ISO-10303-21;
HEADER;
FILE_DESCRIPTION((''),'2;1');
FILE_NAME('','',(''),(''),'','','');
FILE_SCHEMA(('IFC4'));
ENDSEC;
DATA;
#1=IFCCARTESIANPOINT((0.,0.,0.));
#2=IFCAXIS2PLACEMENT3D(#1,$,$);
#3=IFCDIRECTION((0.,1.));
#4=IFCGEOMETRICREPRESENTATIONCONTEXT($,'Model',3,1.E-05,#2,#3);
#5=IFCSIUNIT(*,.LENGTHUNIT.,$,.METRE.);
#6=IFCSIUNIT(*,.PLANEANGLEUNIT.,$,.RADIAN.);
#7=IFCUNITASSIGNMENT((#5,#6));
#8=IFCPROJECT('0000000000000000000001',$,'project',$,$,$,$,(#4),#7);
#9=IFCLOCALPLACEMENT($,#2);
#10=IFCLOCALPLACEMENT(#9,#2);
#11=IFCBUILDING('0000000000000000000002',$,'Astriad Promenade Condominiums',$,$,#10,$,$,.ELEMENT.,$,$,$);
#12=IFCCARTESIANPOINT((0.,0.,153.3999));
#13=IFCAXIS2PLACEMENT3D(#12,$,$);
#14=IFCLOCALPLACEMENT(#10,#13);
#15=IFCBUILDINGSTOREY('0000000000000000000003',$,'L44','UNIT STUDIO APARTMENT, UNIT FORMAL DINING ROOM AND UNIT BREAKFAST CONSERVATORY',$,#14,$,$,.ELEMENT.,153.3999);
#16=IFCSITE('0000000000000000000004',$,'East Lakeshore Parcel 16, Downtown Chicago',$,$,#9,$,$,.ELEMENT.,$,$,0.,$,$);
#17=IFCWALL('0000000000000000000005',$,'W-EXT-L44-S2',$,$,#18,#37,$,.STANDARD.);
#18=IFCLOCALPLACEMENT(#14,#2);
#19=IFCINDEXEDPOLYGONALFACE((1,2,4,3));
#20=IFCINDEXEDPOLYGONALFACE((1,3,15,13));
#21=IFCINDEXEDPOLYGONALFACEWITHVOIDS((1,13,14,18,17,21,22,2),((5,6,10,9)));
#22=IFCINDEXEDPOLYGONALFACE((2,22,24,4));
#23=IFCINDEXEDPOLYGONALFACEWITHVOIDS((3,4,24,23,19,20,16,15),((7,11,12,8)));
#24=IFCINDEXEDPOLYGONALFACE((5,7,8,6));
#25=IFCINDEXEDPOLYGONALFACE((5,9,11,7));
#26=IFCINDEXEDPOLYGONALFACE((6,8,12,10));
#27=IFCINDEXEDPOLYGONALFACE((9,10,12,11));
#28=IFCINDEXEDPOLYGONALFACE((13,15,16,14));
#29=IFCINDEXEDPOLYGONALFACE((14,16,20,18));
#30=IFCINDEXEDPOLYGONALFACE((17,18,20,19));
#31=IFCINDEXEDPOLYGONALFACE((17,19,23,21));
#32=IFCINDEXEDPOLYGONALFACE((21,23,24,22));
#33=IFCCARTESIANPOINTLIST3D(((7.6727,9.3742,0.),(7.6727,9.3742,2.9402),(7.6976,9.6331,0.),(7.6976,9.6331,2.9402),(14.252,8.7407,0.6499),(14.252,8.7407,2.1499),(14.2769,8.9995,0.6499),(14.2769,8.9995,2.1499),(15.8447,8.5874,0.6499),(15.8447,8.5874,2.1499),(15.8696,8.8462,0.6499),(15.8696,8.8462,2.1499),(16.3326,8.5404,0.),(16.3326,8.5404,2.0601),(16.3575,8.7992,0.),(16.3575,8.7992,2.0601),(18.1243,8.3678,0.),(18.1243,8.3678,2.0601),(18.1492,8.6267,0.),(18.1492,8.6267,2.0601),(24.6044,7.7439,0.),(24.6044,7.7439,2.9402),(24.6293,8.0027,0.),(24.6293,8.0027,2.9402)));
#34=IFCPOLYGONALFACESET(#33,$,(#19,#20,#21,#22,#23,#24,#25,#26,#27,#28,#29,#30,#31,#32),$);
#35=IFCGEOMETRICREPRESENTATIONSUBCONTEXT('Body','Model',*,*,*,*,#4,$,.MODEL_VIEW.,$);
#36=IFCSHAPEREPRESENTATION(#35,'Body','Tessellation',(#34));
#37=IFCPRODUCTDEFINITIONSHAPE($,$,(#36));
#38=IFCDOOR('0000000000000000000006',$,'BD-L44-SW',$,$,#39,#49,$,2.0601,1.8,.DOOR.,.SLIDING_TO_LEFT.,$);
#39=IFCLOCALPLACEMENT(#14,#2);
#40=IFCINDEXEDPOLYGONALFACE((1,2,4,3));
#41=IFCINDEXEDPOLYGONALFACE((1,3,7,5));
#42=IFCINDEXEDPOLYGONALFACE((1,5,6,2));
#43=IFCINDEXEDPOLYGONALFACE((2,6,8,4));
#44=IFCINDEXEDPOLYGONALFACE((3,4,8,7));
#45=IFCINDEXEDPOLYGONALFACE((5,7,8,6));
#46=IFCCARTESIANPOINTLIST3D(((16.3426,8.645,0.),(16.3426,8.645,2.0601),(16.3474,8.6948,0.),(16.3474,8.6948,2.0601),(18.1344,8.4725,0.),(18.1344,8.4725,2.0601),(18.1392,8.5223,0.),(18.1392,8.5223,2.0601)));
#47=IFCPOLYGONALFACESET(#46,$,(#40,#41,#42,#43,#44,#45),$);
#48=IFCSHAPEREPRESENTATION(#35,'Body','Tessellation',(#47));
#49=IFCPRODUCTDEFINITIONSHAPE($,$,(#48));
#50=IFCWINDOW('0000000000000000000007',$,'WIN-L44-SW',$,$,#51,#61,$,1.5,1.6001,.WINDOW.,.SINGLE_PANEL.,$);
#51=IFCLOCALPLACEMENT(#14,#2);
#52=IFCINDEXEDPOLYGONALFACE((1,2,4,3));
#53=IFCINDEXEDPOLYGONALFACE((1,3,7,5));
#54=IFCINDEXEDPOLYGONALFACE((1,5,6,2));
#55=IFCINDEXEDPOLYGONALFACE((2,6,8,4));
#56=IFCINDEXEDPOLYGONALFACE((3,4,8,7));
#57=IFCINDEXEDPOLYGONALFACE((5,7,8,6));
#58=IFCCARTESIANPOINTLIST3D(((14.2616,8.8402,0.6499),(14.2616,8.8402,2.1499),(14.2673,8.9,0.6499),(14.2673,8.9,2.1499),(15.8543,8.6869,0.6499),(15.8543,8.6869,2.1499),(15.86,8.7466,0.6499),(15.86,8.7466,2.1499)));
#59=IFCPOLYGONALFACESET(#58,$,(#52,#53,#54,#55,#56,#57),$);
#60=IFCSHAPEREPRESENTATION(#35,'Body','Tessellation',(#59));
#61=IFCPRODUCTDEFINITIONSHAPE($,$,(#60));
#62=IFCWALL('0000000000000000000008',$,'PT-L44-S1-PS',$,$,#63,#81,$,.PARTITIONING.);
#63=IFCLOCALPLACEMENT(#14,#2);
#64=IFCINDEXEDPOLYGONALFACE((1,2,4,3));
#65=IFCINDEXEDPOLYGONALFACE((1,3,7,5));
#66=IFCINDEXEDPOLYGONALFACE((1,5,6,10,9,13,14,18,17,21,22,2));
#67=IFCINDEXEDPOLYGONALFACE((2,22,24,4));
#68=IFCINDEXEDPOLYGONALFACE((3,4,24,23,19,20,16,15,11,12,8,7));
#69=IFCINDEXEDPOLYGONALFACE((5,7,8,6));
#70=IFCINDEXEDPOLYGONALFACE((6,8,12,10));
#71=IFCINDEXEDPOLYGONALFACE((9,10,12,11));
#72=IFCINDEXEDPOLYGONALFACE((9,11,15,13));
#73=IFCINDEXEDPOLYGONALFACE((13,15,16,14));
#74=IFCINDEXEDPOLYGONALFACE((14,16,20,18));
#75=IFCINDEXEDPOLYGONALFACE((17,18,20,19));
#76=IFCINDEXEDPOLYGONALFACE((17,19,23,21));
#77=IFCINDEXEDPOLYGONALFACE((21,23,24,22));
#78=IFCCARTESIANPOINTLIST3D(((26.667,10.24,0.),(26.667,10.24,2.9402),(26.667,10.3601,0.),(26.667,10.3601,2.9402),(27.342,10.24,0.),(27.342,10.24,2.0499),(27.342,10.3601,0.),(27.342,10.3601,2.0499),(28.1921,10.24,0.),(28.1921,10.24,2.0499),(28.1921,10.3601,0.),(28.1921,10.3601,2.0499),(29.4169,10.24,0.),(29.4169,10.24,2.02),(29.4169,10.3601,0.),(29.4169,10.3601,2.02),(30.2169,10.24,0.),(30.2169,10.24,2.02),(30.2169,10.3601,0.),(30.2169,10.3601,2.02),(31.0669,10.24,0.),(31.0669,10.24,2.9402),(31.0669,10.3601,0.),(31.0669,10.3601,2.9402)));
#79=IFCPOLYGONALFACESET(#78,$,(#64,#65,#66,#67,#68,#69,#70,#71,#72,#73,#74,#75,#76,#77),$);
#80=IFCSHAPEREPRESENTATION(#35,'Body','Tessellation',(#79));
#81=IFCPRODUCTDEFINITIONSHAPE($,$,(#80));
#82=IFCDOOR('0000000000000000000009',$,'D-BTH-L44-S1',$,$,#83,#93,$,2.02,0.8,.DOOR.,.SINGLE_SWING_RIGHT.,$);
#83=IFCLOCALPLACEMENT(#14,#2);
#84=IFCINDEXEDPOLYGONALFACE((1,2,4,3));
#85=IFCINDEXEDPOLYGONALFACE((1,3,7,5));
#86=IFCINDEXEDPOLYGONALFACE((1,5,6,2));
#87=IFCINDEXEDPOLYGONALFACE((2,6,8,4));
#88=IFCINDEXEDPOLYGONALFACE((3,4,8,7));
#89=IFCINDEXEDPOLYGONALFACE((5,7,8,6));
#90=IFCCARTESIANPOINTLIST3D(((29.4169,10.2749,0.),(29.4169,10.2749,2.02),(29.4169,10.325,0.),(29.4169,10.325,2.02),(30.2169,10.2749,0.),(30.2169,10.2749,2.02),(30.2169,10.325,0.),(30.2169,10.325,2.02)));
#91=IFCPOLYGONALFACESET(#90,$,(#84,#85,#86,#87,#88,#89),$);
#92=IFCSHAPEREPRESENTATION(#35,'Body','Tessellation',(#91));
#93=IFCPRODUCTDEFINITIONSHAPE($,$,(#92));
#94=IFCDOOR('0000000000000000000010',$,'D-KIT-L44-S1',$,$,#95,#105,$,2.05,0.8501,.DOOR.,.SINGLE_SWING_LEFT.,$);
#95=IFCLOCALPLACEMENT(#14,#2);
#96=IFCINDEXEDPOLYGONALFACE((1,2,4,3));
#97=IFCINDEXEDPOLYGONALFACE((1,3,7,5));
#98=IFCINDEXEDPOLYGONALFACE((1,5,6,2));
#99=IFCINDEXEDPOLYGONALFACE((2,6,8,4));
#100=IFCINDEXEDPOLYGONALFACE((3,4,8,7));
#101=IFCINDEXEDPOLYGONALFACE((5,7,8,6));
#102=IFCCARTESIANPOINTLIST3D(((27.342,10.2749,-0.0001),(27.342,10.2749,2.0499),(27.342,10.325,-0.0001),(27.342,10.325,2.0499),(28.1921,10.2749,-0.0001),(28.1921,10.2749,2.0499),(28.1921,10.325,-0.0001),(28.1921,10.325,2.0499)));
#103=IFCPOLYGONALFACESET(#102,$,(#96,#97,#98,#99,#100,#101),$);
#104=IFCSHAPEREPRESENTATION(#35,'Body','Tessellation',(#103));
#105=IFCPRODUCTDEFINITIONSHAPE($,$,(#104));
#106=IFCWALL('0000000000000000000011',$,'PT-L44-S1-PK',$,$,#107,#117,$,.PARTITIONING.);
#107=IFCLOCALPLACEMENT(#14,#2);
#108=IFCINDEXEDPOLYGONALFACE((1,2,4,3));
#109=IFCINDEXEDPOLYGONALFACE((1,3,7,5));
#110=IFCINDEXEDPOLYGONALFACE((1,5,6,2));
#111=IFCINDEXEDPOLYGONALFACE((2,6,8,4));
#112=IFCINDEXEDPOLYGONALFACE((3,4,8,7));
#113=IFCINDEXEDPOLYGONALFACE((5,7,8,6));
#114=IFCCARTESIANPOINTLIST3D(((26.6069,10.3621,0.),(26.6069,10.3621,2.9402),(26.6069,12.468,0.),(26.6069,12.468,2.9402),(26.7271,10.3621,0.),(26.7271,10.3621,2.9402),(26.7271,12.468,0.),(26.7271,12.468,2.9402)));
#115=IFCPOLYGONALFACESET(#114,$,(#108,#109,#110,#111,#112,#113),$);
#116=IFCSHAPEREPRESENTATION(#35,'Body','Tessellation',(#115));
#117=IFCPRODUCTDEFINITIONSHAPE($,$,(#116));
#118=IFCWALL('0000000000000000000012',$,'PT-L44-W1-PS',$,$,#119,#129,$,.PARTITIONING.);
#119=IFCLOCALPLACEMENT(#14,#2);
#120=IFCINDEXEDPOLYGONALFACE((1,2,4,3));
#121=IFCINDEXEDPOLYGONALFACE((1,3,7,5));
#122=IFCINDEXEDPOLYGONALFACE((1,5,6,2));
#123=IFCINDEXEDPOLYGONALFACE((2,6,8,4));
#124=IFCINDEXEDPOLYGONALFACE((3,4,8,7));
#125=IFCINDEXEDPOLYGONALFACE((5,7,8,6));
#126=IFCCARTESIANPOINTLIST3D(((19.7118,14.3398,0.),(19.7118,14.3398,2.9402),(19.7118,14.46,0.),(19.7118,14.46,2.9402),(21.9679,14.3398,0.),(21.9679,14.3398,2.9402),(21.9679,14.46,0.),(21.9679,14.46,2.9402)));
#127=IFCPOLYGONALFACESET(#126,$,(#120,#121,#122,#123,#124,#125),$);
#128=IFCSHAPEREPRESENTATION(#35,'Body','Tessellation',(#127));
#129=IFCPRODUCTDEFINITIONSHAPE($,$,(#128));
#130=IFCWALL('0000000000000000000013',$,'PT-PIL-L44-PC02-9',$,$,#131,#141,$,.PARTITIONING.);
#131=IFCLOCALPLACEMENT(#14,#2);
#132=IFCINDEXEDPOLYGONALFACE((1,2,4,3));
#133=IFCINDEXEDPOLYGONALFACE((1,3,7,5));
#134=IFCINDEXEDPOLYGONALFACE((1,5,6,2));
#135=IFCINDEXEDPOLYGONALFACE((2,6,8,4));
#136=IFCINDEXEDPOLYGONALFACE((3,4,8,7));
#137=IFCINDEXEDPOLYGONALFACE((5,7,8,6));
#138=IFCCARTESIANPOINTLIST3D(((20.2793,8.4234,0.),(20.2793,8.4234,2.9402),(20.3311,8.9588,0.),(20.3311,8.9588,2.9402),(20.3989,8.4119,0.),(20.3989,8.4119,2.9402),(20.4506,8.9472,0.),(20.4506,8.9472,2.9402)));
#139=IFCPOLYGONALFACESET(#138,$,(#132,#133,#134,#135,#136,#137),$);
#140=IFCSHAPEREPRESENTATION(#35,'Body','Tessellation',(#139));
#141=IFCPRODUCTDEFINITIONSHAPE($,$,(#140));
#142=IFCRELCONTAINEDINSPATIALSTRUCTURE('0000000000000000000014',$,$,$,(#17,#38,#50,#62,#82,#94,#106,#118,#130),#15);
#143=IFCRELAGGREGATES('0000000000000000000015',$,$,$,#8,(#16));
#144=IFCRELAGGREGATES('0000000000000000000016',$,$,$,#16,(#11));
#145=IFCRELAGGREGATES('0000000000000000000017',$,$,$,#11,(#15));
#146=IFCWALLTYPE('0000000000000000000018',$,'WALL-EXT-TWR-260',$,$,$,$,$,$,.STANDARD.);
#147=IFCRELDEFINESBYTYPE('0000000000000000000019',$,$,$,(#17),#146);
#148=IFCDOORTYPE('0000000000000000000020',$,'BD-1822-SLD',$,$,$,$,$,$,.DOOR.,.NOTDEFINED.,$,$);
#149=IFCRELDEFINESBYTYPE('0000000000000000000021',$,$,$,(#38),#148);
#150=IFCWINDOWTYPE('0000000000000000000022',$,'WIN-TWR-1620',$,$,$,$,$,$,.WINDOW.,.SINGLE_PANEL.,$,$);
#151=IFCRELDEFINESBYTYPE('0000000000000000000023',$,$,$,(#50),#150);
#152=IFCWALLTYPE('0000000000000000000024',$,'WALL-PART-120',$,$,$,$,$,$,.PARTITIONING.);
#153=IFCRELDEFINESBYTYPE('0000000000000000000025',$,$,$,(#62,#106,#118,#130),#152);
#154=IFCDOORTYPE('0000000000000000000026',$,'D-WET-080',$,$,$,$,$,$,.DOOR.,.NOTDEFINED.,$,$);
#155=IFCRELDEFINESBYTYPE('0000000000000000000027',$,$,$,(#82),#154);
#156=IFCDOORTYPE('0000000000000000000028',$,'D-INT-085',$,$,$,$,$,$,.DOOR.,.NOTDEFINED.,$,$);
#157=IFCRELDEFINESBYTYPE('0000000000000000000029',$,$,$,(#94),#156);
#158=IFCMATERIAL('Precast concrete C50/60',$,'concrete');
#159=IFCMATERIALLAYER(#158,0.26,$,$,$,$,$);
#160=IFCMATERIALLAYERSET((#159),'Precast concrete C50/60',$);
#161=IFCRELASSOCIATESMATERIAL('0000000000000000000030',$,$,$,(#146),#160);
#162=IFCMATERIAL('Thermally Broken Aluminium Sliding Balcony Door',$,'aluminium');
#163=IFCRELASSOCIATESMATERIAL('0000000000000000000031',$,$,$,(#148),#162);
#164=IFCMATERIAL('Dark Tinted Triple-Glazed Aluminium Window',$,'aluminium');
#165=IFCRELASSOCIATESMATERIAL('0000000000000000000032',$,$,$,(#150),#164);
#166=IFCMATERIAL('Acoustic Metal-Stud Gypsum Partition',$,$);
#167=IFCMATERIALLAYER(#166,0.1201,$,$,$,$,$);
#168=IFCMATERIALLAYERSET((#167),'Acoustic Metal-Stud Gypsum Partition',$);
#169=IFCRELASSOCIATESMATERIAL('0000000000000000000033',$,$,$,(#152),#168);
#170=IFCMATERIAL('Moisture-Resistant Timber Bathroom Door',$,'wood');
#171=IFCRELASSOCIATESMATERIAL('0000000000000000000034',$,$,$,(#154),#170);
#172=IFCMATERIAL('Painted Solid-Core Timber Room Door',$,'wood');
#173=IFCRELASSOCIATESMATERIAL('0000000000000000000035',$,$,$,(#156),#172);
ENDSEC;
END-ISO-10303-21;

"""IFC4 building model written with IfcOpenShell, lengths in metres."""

from ifc_helpers import new_model, si_unit, direction, frame, frame_2d, origin, place, context, subcontext, project, spatial, rectangle, extrude, source, transform, mapped, material, layer, layer_set, type_object, type_shapes, element, fill, save


model = new_model("IFC4")

# Units and contexts
model_context = context("Model", 3, precision=1e-05, world=origin(), true_north=direction((0.0, 1.0)))
body_context = subcontext(model_context, "Body", "Model", "MODEL_VIEW")
ifc_project = project(units=[si_unit("LENGTHUNIT", "METRE"), si_unit("PLANEANGLEUNIT", "RADIAN")], contexts=[model_context])

# Site, building, storey
site_placement = place(None, origin())
site = spatial("IfcSite", under=ifc_project, at=site_placement, Name="East Lakeshore Parcel 16, Downtown Chicago", CompositionType="ELEMENT", RefElevation=0.0)
building_placement = place(site_placement, origin())
building = spatial("IfcBuilding", under=site, at=building_placement, Name="Astriad Promenade Condominiums", CompositionType="ELEMENT")
storey_placement = place(building_placement, frame((0.0, 0.0, 153.3999)))
storey = spatial("IfcBuildingStorey", under=building, at=storey_placement, Name="L44", Description="UNIT STUDIO APARTMENT, UNIT FORMAL DINING ROOM AND UNIT BREAKFAST CONSERVATORY", CompositionType="ELEMENT", Elevation=153.3999)

# Wall, openings, door, window
ifc_material_1 = material(Name="Precast concrete C50/60", Category="concrete")
ifc_layer_1 = layer(ifc_material_1, 0.26)
ifc_layer_set_1 = layer_set([ifc_layer_1], Name="Precast concrete C50/60")
wall_type_1 = type_object("IfcWallType", Name="WALL-EXT-TWR-260", PredefinedType="STANDARD", material=ifc_layer_set_1)
wall_1_placement = place(storey_placement, frame((24.6167, 7.8733, 0.0), z_axis=(0.0, 0.0, 1.0), x_axis=(-0.995396, 0.095848, 0.0)))
wall_1 = element("IfcWall", 1, at=wall_1_placement, inside=storey, type_object=wall_type_1, Name="W-EXT-L44-S2", PredefinedType="STANDARD", context=body_context, shape_type="SweptSolid", body=[
    extrude(rectangle(XDim=17.01, YDim=0.26, at=frame_2d((8.5049, 0.0))), origin(), (0.0, 0.0, 1.0), 2.9402),
])
opening_1_placement = place(wall_1_placement, frame((6.51, 0.0, 0.0)))
opening_1 = element("IfcOpeningElement", 2, at=opening_1_placement, cuts=wall_1, PredefinedType="OPENING", context=body_context, shape_type="SweptSolid", body=[
    extrude(rectangle(XDim=1.8, YDim=2.0601, at=frame_2d((0.8999, 1.03))), frame((0.0, 0.1399, 0.0), z_axis=(0.0, -1.0, 0.0), x_axis=(1.0, 0.0, 0.0)), (0.0, 0.0, 1.0), 0.28),
])
opening_2_placement = place(wall_1_placement, frame((8.8, 0.0, 0.6499)))
opening_2 = element("IfcOpeningElement", 3, at=opening_2_placement, cuts=wall_1, PredefinedType="OPENING", context=body_context, shape_type="SweptSolid", body=[
    extrude(rectangle(XDim=1.6001, YDim=1.5, at=frame_2d((0.8, 0.75))), frame((0.0, 0.1399, 0.0), z_axis=(0.0, -1.0, 0.0), x_axis=(1.0, 0.0, 0.0)), (0.0, 0.0, 1.0), 0.28),
])
ifc_material_2 = material(Name="Thermally Broken Aluminium Sliding Balcony Door", Category="aluminium")
door_type_1 = type_object("IfcDoorType", Name="BD-1822-SLD", OperationType="NOTDEFINED", PredefinedType="DOOR", material=ifc_material_2)
shared_shape_1 = source(origin(), body_context, "Body", "SweptSolid", [
    extrude(rectangle(XDim=1.8, YDim=2.0601, at=frame_2d((0.8999, 1.03))), frame((0.0, 0.0249, 0.0), z_axis=(0.0, -1.0, 0.0), x_axis=(1.0, 0.0, 0.0)), (0.0, 0.0, 1.0), 0.05),
])
type_shapes(door_type_1, [shared_shape_1])
door_1_placement = place(opening_1_placement, origin())
door_1 = element("IfcDoor", 4, at=door_1_placement, inside=storey, type_object=door_type_1, Name="BD-L44-SW", OperationType="SLIDING_TO_LEFT", OverallHeight=2.0601, OverallWidth=1.8, PredefinedType="DOOR", context=body_context, shape_type="MappedRepresentation", body=[
    mapped(shared_shape_1, transform((0.0, 0.0, 0.0), scale=1.0)),
])
fill(opening_1, door_1)
ifc_material_3 = material(Name="Dark Tinted Triple-Glazed Aluminium Window", Category="aluminium")
window_type = type_object("IfcWindowType", Name="WIN-TWR-1620", PartitioningType="SINGLE_PANEL", PredefinedType="WINDOW", material=ifc_material_3)
shared_shape_2 = source(origin(), body_context, "Body", "SweptSolid", [
    extrude(rectangle(XDim=1.6001, YDim=1.5, at=frame_2d((0.8, 0.75))), frame((0.0, 0.03, 0.0), z_axis=(0.0, -1.0, 0.0), x_axis=(1.0, 0.0, 0.0)), (0.0, 0.0, 1.0), 0.0601),
])
type_shapes(window_type, [shared_shape_2])
window_placement = place(opening_2_placement, origin())
window = element("IfcWindow", 5, at=window_placement, inside=storey, type_object=window_type, Name="WIN-L44-SW", OverallHeight=1.5, OverallWidth=1.6001, PartitioningType="SINGLE_PANEL", PredefinedType="WINDOW", context=body_context, shape_type="MappedRepresentation", body=[
    mapped(shared_shape_2, transform((0.0, 0.0, 0.0), scale=1.0)),
])
fill(opening_2, window)

# Wall, openings, doors
ifc_material_4 = material(Name="Acoustic Metal-Stud Gypsum Partition")
ifc_layer_2 = layer(ifc_material_4, 0.1201)
ifc_layer_set_2 = layer_set([ifc_layer_2], Name="Acoustic Metal-Stud Gypsum Partition")
wall_type_2 = type_object("IfcWallType", Name="WALL-PART-120", PredefinedType="PARTITIONING", material=ifc_layer_set_2)
wall_2_placement = place(storey_placement, frame((26.667, 10.3, 0.0), z_axis=(0.0, 0.0, 1.0), x_axis=(1.0, 0.0, 0.0)))
wall_2 = element("IfcWall", 6, at=wall_2_placement, inside=storey, type_object=wall_type_2, Name="PT-L44-S1-PS", PredefinedType="PARTITIONING", context=body_context, shape_type="SweptSolid", body=[
    extrude(rectangle(XDim=4.3999, YDim=0.1201, at=frame_2d((2.2, 0.0))), origin(), (0.0, 0.0, 1.0), 2.9402),
])
opening_3_placement = place(wall_2_placement, frame((0.675, 0.0, 0.0)))
opening_3 = element("IfcOpeningElement", 7, at=opening_3_placement, cuts=wall_2, PredefinedType="OPENING", context=body_context, shape_type="SweptSolid", body=[
    extrude(rectangle(XDim=0.8501, YDim=2.05, at=frame_2d((0.425, 1.0249))), frame((0.0, 0.0701, 0.0), z_axis=(0.0, -1.0, 0.0), x_axis=(1.0, 0.0, 0.0)), (0.0, 0.0, 1.0), 0.1401),
])
opening_4_placement = place(wall_2_placement, frame((2.75, 0.0, 0.0)))
opening_4 = element("IfcOpeningElement", 8, at=opening_4_placement, cuts=wall_2, PredefinedType="OPENING", context=body_context, shape_type="SweptSolid", body=[
    extrude(rectangle(XDim=0.8, YDim=2.02, at=frame_2d((0.3999, 1.01))), frame((0.0, 0.0701, 0.0), z_axis=(0.0, -1.0, 0.0), x_axis=(1.0, 0.0, 0.0)), (0.0, 0.0, 1.0), 0.1401),
])
ifc_material_5 = material(Name="Moisture-Resistant Timber Bathroom Door", Category="wood")
door_type_2 = type_object("IfcDoorType", Name="D-WET-080", OperationType="NOTDEFINED", PredefinedType="DOOR", material=ifc_material_5)
shared_shape_3 = source(origin(), body_context, "Body", "SweptSolid", [
    extrude(rectangle(XDim=0.8, YDim=2.02, at=frame_2d((0.3999, 1.01))), frame((0.0, 0.0249, 0.0), z_axis=(0.0, -1.0, 0.0), x_axis=(1.0, 0.0, 0.0)), (0.0, 0.0, 1.0), 0.05),
])
type_shapes(door_type_2, [shared_shape_3])
door_2_placement = place(opening_4_placement, origin())
door_2 = element("IfcDoor", 9, at=door_2_placement, inside=storey, type_object=door_type_2, Name="D-BTH-L44-S1", OperationType="SINGLE_SWING_RIGHT", OverallHeight=2.02, OverallWidth=0.8, PredefinedType="DOOR", context=body_context, shape_type="MappedRepresentation", body=[
    mapped(shared_shape_3, transform((0.0, 0.0, 0.0), scale=1.0)),
])
fill(opening_4, door_2)
ifc_material_6 = material(Name="Painted Solid-Core Timber Room Door", Category="wood")
door_type_3 = type_object("IfcDoorType", Name="D-INT-085", OperationType="NOTDEFINED", PredefinedType="DOOR", material=ifc_material_6)
shared_shape_4 = source(origin(), body_context, "Body", "SweptSolid", [
    extrude(rectangle(XDim=0.8501, YDim=2.05, at=frame_2d((0.425, 1.0249))), frame((0.0, 0.0249, 0.0), z_axis=(0.0, -1.0, 0.0), x_axis=(1.0, 0.0, 0.0)), (0.0, 0.0, 1.0), 0.05),
])
type_shapes(door_type_3, [shared_shape_4])
door_3_placement = place(opening_3_placement, origin())
door_3 = element("IfcDoor", 10, at=door_3_placement, inside=storey, type_object=door_type_3, Name="D-KIT-L44-S1", OperationType="SINGLE_SWING_LEFT", OverallHeight=2.05, OverallWidth=0.8501, PredefinedType="DOOR", context=body_context, shape_type="MappedRepresentation", body=[
    mapped(shared_shape_4, transform((0.0, 0.0, 0.0), scale=1.0)),
])
fill(opening_3, door_3)

# Walls
wall_3_placement = place(storey_placement, frame((26.667, 10.3621, 0.0), z_axis=(0.0, 0.0, 1.0), x_axis=(0.0, 1.0, 0.0)))
element("IfcWall", 11, at=wall_3_placement, inside=storey, type_object=wall_type_2, Name="PT-L44-S1-PK", PredefinedType="PARTITIONING", context=body_context, shape_type="SweptSolid", body=[
    extrude(rectangle(XDim=2.106, YDim=0.1201, at=frame_2d((1.053, 0.0))), origin(), (0.0, 0.0, 1.0), 2.9402),
])
wall_4_placement = place(storey_placement, frame((19.7119, 14.3999, 0.0), z_axis=(0.0, 0.0, 1.0), x_axis=(1.0, 0.0, 0.0)))
element("IfcWall", 12, at=wall_4_placement, inside=storey, type_object=wall_type_2, Name="PT-L44-W1-PS", PredefinedType="PARTITIONING", context=body_context, shape_type="SweptSolid", body=[
    extrude(rectangle(XDim=2.2561, YDim=0.1201, at=frame_2d((1.1279, 0.0))), origin(), (0.0, 0.0, 1.0), 2.9402),
])
wall_5_placement = place(storey_placement, frame((20.3909, 8.9531, 0.0), z_axis=(0.0, 0.0, 1.0), x_axis=(-0.096223, -0.99536, 0.0)))
element("IfcWall", 13, at=wall_5_placement, inside=storey, type_object=wall_type_2, Name="PT-PIL-L44-PC02-9", PredefinedType="PARTITIONING", context=body_context, shape_type="SweptSolid", body=[
    extrude(rectangle(XDim=0.5378, YDim=0.1201, at=frame_2d((0.269, 0.0))), origin(), (0.0, 0.0, 1.0), 2.9402),
])

save(model, "model.ifc")
